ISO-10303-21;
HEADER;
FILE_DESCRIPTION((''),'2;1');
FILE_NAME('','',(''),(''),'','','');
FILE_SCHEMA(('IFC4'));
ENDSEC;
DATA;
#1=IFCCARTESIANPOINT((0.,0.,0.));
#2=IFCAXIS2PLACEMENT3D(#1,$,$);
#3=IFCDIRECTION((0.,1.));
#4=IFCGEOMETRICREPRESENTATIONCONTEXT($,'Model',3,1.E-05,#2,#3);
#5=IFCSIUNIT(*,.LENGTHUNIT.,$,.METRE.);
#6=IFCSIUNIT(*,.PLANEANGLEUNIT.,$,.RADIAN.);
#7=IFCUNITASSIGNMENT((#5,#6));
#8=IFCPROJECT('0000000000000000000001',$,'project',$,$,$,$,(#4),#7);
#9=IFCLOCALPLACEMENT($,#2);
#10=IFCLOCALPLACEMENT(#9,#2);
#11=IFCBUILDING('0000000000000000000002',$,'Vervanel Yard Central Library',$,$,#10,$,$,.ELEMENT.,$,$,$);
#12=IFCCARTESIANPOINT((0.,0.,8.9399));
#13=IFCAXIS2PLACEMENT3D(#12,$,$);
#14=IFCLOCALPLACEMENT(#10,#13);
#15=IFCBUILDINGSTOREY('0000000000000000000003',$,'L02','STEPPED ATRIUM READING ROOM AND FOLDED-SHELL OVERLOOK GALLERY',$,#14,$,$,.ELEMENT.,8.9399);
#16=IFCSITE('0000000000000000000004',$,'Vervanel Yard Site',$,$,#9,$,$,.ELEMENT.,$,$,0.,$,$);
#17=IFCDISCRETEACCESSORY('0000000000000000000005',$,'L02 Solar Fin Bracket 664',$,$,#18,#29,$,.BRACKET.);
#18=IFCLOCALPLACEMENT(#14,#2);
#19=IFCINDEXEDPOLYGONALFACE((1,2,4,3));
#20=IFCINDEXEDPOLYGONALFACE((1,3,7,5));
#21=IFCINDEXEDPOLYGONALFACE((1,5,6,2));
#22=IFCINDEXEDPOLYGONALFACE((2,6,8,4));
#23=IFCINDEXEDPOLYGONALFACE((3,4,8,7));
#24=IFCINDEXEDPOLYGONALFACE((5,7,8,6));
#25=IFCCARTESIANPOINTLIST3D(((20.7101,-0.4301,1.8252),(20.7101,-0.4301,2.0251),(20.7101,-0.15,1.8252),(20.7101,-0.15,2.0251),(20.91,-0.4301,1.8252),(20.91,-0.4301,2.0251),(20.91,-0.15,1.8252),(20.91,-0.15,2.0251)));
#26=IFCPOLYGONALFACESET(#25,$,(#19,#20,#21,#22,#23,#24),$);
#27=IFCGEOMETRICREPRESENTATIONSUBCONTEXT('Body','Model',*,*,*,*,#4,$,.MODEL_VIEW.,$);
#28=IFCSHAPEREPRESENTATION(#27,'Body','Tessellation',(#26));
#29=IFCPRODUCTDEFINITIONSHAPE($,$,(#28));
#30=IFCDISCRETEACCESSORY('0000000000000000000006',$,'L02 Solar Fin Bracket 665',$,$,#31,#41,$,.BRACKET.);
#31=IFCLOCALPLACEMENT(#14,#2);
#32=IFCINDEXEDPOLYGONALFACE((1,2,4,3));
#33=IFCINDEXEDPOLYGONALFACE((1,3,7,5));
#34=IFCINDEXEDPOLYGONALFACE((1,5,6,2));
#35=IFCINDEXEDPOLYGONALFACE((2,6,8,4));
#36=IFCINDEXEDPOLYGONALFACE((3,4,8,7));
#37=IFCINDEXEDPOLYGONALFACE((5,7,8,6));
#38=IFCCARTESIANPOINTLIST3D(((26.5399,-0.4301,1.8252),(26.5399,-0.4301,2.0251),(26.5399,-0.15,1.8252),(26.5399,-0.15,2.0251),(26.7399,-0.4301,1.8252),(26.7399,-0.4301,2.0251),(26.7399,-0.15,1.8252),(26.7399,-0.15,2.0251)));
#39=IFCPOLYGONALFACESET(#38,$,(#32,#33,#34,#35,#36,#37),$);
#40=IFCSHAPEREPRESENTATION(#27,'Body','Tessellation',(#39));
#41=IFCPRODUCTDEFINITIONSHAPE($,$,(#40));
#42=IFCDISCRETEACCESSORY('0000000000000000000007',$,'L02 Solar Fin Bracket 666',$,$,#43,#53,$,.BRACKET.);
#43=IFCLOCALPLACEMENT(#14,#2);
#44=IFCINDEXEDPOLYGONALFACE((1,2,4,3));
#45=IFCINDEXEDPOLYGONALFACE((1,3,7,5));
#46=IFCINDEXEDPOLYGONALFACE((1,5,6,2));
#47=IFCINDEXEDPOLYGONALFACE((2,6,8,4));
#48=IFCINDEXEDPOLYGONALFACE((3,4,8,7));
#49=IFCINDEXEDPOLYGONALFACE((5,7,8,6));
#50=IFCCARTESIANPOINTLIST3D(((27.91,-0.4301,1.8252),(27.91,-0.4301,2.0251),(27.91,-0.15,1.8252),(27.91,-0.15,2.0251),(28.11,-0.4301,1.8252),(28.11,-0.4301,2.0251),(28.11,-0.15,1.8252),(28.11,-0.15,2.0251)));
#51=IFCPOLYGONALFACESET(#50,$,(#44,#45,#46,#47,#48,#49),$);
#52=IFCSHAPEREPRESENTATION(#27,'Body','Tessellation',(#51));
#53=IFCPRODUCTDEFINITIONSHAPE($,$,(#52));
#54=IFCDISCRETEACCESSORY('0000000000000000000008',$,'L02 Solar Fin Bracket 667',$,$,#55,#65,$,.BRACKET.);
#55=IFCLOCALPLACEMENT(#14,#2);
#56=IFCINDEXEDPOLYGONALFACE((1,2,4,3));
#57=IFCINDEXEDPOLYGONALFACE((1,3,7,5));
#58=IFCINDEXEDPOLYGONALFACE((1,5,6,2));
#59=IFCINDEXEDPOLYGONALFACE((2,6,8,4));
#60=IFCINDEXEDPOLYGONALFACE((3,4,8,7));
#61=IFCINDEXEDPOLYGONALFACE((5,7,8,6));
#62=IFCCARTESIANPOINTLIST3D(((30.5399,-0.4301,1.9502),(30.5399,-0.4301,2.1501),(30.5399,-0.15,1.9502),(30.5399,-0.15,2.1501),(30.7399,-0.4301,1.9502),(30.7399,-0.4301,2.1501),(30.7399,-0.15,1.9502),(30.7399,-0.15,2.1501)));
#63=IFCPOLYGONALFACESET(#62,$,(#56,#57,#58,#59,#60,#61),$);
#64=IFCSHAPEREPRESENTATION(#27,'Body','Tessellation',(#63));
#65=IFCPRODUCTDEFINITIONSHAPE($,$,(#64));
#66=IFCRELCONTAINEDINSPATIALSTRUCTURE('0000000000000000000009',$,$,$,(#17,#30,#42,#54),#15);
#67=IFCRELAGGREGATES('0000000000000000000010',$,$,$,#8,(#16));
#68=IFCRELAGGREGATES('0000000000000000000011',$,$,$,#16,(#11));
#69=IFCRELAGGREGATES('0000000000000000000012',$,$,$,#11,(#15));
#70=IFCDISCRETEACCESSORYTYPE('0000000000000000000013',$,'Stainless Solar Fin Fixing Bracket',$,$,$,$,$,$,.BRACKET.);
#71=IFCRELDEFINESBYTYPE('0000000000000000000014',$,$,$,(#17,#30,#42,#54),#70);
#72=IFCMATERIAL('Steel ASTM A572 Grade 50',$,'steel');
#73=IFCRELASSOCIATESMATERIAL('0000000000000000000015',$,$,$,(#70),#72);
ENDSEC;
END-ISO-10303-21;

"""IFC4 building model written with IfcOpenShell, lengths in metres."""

from ifc_helpers import new_model, si_unit, direction, frame, origin, origin_2d, place, context, subcontext, project, spatial, rectangle, extrude, material, type_object, element, save


model = new_model("IFC4")

# Units and contexts
model_context = context("Model", 3, precision=1e-05, world=origin(), true_north=direction((0.0, 1.0)))
body_context = subcontext(model_context, "Body", "Model", "MODEL_VIEW")
ifc_project = project(units=[si_unit("LENGTHUNIT", "METRE"), si_unit("PLANEANGLEUNIT", "RADIAN")], contexts=[model_context])

# Site, building, storey
site_placement = place(None, origin())
site = spatial("IfcSite", under=ifc_project, at=site_placement, Name="Vervanel Yard Site", CompositionType="ELEMENT", RefElevation=0.0)
building_placement = place(site_placement, origin())
building = spatial("IfcBuilding", under=site, at=building_placement, Name="Vervanel Yard Central Library", CompositionType="ELEMENT")
storey_placement = place(building_placement, frame((0.0, 0.0, 8.9399)))
storey = spatial("IfcBuildingStorey", under=building, at=storey_placement, Name="L02", Description="STEPPED ATRIUM READING ROOM AND FOLDED-SHELL OVERLOOK GALLERY", CompositionType="ELEMENT", Elevation=8.9399)

# Discrete accessories
ifc_material_1 = material(Name="Steel ASTM A572 Grade 50", Category="steel")
discrete_accessory_type = type_object("IfcDiscreteAccessoryType", Name="Stainless Solar Fin Fixing Bracket", PredefinedType="BRACKET", material=ifc_material_1)
for number, where, z_axis, x_axis, name in (
    (1, (20.8101, -0.29, 1.8252), (0.0, 0.0, 1.0), (1.0, 0.0, 0.0), "L02 Solar Fin Bracket 664"),
    (2, (26.6399, -0.29, 1.8252), (0.0, 0.0, 1.0), (1.0, 0.0, 0.0), "L02 Solar Fin Bracket 665"),
    (3, (28.01, -0.29, 1.8252), (0.0, 0.0, 1.0), (1.0, 0.0, 0.0), "L02 Solar Fin Bracket 666"),
    (4, (30.6399, -0.29, 1.9502), (0.0, 0.0, 1.0), (1.0, 0.0, 0.0), "L02 Solar Fin Bracket 667"),
):
    element("IfcDiscreteAccessory", number, at=place(storey_placement, frame(where, z_axis=z_axis, x_axis=x_axis)), inside=storey, type_object=discrete_accessory_type, Name=name, PredefinedType="BRACKET", context=body_context, shape_type="SweptSolid", body=[
        extrude(rectangle(XDim=0.2, YDim=0.28, at=origin_2d()), origin(), (0.0, 0.0, 1.0), 0.2),
    ])

save(model, "model.ifc")
